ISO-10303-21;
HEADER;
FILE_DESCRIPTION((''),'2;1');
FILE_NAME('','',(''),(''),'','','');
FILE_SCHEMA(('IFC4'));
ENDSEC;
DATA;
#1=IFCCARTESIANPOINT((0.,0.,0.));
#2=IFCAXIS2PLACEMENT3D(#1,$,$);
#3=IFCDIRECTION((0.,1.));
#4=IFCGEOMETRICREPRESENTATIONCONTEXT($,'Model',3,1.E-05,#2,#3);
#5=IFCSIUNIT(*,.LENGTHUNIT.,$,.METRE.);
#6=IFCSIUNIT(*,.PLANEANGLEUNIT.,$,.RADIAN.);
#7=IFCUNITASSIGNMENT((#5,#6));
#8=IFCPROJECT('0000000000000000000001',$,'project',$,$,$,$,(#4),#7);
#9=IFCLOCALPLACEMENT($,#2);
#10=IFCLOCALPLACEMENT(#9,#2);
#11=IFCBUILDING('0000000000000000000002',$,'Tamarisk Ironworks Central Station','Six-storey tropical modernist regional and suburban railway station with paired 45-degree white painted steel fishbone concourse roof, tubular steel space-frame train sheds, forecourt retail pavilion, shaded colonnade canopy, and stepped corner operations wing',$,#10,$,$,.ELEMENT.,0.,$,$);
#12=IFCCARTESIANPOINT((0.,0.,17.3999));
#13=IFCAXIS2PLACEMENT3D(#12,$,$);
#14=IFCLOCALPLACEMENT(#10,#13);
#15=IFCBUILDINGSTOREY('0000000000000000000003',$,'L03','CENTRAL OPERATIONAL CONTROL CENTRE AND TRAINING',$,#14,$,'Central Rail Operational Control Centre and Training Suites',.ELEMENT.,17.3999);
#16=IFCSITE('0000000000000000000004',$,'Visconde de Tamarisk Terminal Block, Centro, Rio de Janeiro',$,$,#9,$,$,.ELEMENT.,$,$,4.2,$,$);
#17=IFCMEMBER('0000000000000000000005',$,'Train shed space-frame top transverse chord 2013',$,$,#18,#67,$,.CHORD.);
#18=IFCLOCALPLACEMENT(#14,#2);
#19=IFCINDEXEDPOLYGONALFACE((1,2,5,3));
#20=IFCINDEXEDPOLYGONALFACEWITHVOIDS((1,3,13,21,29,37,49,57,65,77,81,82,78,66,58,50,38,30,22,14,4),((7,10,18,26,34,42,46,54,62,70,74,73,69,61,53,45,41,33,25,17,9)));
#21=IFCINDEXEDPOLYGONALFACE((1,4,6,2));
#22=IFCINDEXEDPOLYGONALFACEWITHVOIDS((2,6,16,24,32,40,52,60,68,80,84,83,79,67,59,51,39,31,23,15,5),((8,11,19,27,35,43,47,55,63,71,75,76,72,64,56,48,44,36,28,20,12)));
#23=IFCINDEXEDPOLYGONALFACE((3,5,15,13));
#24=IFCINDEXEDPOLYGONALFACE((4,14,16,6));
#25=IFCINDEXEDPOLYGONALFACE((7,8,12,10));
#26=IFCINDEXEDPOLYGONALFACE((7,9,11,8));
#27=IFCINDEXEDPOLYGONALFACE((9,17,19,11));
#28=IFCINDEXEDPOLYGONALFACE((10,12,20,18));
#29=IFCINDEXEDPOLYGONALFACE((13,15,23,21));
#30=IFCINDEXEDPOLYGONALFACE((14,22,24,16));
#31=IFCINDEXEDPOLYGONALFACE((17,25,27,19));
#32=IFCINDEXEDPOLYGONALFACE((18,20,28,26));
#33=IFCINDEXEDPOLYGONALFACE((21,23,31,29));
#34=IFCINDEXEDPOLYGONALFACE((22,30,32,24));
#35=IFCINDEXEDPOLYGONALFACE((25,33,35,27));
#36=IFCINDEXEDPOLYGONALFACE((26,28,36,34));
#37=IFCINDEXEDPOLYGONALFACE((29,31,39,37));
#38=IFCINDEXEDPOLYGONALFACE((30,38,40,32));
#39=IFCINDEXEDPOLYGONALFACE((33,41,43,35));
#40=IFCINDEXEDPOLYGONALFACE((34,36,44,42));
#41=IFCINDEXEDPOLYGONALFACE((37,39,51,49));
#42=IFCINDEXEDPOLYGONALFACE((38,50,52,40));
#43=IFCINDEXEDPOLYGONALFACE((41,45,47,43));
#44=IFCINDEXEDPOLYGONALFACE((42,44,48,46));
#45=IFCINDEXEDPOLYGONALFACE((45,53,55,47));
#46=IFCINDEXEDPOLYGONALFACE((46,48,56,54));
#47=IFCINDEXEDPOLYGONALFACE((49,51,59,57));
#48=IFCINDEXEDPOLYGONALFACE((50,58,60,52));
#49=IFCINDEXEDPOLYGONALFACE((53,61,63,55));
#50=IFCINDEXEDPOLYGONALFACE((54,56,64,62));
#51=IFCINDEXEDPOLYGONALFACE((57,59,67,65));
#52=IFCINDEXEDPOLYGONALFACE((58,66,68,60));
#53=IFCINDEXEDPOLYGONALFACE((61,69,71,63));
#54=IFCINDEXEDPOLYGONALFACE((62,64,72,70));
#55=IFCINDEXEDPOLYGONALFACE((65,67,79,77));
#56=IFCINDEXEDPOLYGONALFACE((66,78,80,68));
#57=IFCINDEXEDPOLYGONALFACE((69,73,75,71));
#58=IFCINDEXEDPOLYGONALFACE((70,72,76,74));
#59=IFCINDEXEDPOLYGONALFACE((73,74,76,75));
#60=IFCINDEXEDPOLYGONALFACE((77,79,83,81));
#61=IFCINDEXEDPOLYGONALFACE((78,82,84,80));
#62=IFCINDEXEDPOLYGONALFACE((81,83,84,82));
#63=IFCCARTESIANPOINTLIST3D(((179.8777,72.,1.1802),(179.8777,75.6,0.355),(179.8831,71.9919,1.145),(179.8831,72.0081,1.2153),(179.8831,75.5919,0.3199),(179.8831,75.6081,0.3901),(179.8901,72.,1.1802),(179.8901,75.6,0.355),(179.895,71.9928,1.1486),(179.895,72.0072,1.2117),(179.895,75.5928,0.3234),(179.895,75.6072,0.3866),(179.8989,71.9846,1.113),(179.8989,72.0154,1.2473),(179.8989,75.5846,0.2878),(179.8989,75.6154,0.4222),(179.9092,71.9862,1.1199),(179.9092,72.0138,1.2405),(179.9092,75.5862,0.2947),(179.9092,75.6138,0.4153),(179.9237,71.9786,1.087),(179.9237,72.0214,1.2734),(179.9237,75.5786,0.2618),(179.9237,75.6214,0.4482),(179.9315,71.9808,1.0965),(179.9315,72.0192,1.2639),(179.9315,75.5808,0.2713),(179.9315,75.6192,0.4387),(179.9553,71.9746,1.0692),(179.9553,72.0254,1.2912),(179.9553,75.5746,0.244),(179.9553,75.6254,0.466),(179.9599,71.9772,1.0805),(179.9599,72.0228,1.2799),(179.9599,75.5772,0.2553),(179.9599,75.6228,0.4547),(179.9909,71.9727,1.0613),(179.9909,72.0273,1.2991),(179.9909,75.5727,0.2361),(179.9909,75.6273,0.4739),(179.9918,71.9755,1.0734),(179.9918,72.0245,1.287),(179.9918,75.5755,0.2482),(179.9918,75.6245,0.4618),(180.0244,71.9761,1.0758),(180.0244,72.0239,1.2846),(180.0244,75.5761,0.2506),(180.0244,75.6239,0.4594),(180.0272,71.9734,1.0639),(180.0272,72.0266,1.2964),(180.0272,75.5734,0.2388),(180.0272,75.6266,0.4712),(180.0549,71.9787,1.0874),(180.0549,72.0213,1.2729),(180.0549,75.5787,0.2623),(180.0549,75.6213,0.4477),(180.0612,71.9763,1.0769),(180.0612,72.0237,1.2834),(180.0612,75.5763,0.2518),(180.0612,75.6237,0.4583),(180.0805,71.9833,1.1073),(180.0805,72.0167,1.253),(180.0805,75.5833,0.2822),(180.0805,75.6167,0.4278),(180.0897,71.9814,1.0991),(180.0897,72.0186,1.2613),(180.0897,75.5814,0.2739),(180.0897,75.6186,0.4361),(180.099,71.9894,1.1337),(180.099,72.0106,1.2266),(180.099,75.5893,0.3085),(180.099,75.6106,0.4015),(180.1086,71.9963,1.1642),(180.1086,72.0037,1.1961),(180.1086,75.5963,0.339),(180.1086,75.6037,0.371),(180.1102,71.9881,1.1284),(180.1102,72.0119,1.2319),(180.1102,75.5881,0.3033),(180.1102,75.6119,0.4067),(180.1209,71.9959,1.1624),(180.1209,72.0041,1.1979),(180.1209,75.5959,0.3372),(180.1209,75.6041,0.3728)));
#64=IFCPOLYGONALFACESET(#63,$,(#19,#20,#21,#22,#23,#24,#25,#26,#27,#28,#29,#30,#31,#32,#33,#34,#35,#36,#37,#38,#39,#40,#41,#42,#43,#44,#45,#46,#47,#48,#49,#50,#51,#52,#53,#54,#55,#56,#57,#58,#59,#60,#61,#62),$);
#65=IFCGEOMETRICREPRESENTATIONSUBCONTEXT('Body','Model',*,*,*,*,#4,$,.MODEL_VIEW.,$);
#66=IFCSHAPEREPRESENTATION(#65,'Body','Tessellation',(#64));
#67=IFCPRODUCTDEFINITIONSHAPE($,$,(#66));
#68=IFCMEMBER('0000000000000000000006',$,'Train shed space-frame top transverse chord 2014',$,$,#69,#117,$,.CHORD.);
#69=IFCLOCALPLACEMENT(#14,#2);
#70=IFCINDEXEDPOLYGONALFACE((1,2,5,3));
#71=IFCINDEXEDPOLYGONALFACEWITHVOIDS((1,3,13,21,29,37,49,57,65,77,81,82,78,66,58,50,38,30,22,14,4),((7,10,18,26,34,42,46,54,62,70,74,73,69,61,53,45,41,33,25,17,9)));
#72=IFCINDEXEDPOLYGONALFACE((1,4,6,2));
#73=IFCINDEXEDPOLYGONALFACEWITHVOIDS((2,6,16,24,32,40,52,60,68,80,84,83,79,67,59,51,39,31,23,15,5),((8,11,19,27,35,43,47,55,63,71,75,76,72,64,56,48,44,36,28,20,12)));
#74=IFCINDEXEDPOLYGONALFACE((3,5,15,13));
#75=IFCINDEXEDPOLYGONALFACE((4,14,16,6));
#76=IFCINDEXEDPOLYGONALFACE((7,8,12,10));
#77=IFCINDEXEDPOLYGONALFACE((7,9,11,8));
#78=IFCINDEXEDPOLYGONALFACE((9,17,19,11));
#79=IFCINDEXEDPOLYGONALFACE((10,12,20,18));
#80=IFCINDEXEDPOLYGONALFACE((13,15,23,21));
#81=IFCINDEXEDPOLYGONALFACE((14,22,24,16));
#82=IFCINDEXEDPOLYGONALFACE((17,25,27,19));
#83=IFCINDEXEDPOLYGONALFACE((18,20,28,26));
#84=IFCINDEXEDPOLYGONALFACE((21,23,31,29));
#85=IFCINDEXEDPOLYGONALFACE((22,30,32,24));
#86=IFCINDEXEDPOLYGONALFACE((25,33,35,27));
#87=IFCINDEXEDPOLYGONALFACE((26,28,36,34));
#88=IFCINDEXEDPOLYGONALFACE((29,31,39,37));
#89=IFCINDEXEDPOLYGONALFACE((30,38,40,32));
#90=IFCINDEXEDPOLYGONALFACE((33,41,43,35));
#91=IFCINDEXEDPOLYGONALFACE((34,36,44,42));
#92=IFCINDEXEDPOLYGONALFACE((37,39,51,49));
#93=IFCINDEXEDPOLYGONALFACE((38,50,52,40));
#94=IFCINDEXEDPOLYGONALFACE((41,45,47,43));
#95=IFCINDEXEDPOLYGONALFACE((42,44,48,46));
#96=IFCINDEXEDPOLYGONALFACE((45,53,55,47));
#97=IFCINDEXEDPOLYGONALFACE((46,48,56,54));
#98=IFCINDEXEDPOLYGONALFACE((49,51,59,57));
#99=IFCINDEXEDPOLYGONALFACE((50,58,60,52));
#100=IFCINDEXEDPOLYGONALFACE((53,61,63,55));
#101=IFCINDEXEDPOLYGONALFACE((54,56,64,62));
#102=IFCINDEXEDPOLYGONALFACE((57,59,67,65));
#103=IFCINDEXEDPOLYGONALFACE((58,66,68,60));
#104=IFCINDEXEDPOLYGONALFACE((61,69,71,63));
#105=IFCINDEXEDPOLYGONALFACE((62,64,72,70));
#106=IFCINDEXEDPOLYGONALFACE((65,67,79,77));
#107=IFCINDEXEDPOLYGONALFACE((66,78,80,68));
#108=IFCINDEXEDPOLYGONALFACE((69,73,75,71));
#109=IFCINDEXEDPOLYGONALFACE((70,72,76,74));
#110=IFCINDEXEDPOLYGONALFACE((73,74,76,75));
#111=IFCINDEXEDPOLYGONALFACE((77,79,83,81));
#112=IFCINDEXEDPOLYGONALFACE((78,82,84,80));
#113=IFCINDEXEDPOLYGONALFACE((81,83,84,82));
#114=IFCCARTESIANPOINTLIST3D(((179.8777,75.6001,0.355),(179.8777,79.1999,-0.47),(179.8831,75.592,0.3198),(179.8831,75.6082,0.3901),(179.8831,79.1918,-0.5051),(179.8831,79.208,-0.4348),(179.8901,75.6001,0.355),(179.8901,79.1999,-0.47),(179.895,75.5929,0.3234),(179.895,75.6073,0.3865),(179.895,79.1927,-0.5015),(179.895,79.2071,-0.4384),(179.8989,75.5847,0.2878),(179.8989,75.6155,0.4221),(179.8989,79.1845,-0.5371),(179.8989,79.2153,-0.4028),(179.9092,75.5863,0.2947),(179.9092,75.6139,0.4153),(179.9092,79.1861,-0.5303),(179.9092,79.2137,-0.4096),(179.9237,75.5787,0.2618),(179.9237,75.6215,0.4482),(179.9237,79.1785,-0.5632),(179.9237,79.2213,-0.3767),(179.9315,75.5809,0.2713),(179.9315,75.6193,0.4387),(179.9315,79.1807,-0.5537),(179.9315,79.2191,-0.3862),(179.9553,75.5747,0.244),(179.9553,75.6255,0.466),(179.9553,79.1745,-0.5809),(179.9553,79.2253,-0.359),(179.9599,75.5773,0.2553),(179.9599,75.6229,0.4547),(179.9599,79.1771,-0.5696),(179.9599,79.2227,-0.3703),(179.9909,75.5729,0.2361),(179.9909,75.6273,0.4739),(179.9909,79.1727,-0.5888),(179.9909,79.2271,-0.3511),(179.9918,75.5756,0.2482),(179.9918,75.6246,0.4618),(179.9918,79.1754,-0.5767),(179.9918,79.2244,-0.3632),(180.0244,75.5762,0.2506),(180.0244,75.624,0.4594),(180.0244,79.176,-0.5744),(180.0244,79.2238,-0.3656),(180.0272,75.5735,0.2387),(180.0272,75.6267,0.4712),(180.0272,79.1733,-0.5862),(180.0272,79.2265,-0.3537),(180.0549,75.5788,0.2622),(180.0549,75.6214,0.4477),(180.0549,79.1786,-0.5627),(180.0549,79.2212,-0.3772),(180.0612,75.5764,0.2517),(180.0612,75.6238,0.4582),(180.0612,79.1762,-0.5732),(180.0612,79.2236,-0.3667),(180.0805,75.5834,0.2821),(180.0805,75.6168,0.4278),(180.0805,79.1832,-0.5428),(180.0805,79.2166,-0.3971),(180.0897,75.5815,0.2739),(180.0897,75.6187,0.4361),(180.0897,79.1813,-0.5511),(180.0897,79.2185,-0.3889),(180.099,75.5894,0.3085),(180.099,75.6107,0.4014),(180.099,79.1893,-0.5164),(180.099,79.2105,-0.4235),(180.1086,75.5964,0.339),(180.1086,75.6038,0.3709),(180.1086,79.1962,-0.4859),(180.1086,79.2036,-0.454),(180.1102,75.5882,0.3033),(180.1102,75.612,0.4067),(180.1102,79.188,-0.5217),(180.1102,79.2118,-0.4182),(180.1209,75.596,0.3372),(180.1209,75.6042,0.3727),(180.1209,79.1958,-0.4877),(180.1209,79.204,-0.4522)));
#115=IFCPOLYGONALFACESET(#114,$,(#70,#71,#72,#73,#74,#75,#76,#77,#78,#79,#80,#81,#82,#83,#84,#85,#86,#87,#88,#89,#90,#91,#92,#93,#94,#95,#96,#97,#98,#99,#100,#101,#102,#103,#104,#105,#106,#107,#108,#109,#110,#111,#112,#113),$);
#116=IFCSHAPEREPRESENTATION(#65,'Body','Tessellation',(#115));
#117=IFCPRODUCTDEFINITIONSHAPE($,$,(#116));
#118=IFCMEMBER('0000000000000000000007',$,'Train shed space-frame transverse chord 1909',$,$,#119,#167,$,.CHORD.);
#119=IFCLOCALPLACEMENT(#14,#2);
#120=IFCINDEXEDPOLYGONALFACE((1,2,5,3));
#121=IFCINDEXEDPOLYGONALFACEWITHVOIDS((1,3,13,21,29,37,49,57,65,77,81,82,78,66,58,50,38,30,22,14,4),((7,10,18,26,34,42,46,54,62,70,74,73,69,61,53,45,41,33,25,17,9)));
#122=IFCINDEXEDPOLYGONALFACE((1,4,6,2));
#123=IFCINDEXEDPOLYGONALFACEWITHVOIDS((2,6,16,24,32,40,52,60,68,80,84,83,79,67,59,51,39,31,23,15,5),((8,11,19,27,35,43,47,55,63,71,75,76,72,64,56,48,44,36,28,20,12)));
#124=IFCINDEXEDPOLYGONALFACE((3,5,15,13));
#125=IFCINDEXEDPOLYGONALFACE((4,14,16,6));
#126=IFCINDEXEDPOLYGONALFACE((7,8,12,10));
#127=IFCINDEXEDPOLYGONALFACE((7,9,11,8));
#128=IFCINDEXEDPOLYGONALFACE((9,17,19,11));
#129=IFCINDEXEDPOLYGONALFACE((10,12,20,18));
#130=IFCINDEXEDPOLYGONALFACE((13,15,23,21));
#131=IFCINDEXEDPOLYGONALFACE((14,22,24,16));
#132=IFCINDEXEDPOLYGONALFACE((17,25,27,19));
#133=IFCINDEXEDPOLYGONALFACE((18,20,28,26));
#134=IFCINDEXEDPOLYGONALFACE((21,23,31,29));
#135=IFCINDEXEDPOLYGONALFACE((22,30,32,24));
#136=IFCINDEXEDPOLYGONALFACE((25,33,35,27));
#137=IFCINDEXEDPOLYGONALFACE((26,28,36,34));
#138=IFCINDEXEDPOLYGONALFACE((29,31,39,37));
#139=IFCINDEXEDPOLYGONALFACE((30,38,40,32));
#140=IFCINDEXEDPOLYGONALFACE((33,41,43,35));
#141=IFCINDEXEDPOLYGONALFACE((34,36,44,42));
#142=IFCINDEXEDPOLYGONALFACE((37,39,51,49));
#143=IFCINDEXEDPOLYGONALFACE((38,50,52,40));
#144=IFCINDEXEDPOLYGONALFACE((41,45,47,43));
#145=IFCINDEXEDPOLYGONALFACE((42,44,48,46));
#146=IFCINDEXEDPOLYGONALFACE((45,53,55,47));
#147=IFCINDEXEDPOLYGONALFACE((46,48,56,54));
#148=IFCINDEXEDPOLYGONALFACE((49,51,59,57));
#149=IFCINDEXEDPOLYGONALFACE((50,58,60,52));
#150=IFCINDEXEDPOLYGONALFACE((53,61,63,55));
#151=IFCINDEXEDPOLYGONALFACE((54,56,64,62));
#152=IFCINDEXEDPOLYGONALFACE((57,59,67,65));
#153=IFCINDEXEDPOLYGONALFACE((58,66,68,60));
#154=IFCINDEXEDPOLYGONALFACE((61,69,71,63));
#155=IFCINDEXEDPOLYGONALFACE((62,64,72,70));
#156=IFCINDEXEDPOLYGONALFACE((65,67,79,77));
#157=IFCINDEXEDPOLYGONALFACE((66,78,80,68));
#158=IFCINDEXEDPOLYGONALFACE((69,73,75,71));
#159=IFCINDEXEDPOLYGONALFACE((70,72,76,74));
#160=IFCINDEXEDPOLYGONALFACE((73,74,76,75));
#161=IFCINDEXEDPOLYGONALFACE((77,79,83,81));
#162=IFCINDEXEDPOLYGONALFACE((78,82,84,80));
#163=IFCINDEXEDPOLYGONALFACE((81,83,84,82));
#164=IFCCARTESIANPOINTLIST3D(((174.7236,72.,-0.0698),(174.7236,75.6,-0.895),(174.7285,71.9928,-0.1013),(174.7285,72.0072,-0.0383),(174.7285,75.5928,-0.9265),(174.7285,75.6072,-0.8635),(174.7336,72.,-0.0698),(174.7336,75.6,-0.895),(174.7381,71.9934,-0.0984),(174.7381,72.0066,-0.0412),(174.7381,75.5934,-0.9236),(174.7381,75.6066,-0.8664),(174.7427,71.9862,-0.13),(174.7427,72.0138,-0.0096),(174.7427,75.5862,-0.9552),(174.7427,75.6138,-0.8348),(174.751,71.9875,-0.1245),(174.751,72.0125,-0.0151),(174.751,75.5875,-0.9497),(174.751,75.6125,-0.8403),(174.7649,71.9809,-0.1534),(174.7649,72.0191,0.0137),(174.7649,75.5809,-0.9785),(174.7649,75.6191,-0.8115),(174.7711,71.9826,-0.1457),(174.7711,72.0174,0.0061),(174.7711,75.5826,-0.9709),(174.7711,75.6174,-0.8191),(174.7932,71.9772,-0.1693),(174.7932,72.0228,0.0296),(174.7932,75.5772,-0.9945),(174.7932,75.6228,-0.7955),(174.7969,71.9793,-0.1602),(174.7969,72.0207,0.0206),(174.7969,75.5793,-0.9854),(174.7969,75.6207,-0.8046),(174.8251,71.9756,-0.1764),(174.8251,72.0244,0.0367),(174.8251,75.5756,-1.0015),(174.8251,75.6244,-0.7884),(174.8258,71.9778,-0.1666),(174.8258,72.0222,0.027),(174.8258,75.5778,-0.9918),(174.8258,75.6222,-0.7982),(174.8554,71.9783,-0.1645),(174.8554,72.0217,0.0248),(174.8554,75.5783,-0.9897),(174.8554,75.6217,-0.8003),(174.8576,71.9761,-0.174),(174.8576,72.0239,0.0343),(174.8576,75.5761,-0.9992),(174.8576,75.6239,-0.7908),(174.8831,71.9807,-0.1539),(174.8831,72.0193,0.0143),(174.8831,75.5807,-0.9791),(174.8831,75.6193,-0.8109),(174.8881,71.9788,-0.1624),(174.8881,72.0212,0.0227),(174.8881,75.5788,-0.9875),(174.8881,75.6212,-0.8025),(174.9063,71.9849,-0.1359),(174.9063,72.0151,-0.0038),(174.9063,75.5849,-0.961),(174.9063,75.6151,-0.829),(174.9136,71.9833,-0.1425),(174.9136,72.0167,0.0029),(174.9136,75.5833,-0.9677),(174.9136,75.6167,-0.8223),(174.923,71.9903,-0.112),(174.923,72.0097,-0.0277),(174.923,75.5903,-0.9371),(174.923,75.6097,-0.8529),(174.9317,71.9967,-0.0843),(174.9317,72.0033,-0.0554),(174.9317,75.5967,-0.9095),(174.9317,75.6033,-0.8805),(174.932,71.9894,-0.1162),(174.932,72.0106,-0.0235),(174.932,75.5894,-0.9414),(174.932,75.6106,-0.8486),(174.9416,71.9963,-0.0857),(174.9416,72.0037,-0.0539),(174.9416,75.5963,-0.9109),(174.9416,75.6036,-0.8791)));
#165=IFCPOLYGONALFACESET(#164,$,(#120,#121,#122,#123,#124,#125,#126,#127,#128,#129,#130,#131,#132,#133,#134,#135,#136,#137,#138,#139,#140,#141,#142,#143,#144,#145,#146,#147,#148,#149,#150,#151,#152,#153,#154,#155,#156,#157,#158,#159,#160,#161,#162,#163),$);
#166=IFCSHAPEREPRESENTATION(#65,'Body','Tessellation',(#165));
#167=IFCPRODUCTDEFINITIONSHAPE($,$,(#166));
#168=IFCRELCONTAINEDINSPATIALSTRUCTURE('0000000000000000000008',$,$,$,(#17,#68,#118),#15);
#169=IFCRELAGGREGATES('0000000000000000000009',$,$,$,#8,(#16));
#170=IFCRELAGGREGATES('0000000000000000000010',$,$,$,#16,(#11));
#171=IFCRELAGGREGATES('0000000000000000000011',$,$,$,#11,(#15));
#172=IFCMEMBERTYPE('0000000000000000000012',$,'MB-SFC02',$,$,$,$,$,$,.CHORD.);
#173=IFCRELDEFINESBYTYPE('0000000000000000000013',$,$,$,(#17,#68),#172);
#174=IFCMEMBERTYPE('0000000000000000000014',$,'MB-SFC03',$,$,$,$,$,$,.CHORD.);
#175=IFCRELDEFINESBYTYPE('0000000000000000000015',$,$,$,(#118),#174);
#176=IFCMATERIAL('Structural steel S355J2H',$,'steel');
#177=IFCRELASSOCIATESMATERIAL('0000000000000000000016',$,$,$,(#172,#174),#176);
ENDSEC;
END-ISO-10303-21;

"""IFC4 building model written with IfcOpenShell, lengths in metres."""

from ifc_helpers import new_model, si_unit, direction, frame, origin, origin_2d, place, context, subcontext, project, spatial, hollow_circle, extrude, material, material_profile, profile_set, type_object, element, save


model = new_model("IFC4")

# Units and contexts
model_context = context("Model", 3, precision=1e-05, world=origin(), true_north=direction((0.0, 1.0)))
body_context = subcontext(model_context, "Body", "Model", "MODEL_VIEW")
ifc_project = project(units=[si_unit("LENGTHUNIT", "METRE"), si_unit("PLANEANGLEUNIT", "RADIAN")], contexts=[model_context])

# Site, building, storey
site_placement = place(None, origin())
site = spatial("IfcSite", under=ifc_project, at=site_placement, Name="Visconde de Tamarisk Terminal Block, Centro, Rio de Janeiro", CompositionType="ELEMENT", RefElevation=4.2)
building_placement = place(site_placement, origin())
building = spatial("IfcBuilding", under=site, at=building_placement, Name="Tamarisk Ironworks Central Station", Description="Six-storey tropical modernist regional and suburban railway station with paired 45-degree white painted steel fishbone concourse roof, tubular steel space-frame train sheds, forecourt retail pavilion, shaded colonnade canopy, and stepped corner operations wing", CompositionType="ELEMENT", ElevationOfRefHeight=0.0)
storey_placement = place(building_placement, frame((0.0, 0.0, 17.3999)))
storey = spatial("IfcBuildingStorey", under=building, at=storey_placement, Name="L03", Description="CENTRAL OPERATIONAL CONTROL CENTRE AND TRAINING", LongName="Central Rail Operational Control Centre and Training Suites", CompositionType="ELEMENT", Elevation=17.3999)

# Members
ifc_material_1 = material(Name="Structural steel S355J2H", Category="steel")
ifc_material_profile_1 = material_profile(ifc_material_1, hollow_circle(Radius=0.1223, WallThickness=0.0125, at=origin_2d()), Name="CHS 244.5x12.5")
ifc_profile_set_1 = profile_set([ifc_material_profile_1], Name="Structural steel S355J2H")
member_type_1 = type_object("IfcMemberType", Name="MB-SFC02", PredefinedType="CHORD", material=ifc_profile_set_1)
member_1_placement = place(storey_placement, frame((180.0, 72.0, 1.1802), z_axis=(0.0, 0.974722, -0.223421), x_axis=(-1.0, 0.0, 0.0)))
element("IfcMember", 1, at=member_1_placement, inside=storey, type_object=member_type_1, Name="Train shed space-frame top transverse chord 2013", PredefinedType="CHORD", context=body_context, shape_type="SweptSolid", body=[
    extrude(hollow_circle(Radius=0.1223, WallThickness=0.0125, at=origin_2d()), origin(), (0.0, 0.0, 1.0), 3.6934),
])
member_2_placement = place(storey_placement, frame((180.0, 75.6001, 0.355), z_axis=(0.0, 0.974733, -0.223372), x_axis=(-1.0, 0.0, 0.0)))
element("IfcMember", 2, at=member_2_placement, inside=storey, type_object=member_type_1, Name="Train shed space-frame top transverse chord 2014", PredefinedType="CHORD", context=body_context, shape_type="SweptSolid", body=[
    extrude(hollow_circle(Radius=0.1223, WallThickness=0.0125, at=origin_2d()), origin(), (0.0, 0.0, 1.0), 3.6931),
])
ifc_material_profile_2 = material_profile(ifc_material_1, hollow_circle(Radius=0.1096, WallThickness=0.01, at=origin_2d()), Name="CHS 219.1x10")
ifc_profile_set_2 = profile_set([ifc_material_profile_2], Name="Structural steel S355J2H")
member_type_2 = type_object("IfcMemberType", Name="MB-SFC03", PredefinedType="CHORD", material=ifc_profile_set_2)
member_3_placement = place(storey_placement, frame((174.8333, 72.0, -0.0698), z_axis=(0.0, 0.974722, -0.223421), x_axis=(-1.0, 0.0, 0.0)))
element("IfcMember", 3, at=member_3_placement, inside=storey, type_object=member_type_2, Name="Train shed space-frame transverse chord 1909", PredefinedType="CHORD", context=body_context, shape_type="SweptSolid", body=[
    extrude(hollow_circle(Radius=0.1096, WallThickness=0.01, at=origin_2d()), origin(), (0.0, 0.0, 1.0), 3.6934),
])

save(model, "model.ifc")
